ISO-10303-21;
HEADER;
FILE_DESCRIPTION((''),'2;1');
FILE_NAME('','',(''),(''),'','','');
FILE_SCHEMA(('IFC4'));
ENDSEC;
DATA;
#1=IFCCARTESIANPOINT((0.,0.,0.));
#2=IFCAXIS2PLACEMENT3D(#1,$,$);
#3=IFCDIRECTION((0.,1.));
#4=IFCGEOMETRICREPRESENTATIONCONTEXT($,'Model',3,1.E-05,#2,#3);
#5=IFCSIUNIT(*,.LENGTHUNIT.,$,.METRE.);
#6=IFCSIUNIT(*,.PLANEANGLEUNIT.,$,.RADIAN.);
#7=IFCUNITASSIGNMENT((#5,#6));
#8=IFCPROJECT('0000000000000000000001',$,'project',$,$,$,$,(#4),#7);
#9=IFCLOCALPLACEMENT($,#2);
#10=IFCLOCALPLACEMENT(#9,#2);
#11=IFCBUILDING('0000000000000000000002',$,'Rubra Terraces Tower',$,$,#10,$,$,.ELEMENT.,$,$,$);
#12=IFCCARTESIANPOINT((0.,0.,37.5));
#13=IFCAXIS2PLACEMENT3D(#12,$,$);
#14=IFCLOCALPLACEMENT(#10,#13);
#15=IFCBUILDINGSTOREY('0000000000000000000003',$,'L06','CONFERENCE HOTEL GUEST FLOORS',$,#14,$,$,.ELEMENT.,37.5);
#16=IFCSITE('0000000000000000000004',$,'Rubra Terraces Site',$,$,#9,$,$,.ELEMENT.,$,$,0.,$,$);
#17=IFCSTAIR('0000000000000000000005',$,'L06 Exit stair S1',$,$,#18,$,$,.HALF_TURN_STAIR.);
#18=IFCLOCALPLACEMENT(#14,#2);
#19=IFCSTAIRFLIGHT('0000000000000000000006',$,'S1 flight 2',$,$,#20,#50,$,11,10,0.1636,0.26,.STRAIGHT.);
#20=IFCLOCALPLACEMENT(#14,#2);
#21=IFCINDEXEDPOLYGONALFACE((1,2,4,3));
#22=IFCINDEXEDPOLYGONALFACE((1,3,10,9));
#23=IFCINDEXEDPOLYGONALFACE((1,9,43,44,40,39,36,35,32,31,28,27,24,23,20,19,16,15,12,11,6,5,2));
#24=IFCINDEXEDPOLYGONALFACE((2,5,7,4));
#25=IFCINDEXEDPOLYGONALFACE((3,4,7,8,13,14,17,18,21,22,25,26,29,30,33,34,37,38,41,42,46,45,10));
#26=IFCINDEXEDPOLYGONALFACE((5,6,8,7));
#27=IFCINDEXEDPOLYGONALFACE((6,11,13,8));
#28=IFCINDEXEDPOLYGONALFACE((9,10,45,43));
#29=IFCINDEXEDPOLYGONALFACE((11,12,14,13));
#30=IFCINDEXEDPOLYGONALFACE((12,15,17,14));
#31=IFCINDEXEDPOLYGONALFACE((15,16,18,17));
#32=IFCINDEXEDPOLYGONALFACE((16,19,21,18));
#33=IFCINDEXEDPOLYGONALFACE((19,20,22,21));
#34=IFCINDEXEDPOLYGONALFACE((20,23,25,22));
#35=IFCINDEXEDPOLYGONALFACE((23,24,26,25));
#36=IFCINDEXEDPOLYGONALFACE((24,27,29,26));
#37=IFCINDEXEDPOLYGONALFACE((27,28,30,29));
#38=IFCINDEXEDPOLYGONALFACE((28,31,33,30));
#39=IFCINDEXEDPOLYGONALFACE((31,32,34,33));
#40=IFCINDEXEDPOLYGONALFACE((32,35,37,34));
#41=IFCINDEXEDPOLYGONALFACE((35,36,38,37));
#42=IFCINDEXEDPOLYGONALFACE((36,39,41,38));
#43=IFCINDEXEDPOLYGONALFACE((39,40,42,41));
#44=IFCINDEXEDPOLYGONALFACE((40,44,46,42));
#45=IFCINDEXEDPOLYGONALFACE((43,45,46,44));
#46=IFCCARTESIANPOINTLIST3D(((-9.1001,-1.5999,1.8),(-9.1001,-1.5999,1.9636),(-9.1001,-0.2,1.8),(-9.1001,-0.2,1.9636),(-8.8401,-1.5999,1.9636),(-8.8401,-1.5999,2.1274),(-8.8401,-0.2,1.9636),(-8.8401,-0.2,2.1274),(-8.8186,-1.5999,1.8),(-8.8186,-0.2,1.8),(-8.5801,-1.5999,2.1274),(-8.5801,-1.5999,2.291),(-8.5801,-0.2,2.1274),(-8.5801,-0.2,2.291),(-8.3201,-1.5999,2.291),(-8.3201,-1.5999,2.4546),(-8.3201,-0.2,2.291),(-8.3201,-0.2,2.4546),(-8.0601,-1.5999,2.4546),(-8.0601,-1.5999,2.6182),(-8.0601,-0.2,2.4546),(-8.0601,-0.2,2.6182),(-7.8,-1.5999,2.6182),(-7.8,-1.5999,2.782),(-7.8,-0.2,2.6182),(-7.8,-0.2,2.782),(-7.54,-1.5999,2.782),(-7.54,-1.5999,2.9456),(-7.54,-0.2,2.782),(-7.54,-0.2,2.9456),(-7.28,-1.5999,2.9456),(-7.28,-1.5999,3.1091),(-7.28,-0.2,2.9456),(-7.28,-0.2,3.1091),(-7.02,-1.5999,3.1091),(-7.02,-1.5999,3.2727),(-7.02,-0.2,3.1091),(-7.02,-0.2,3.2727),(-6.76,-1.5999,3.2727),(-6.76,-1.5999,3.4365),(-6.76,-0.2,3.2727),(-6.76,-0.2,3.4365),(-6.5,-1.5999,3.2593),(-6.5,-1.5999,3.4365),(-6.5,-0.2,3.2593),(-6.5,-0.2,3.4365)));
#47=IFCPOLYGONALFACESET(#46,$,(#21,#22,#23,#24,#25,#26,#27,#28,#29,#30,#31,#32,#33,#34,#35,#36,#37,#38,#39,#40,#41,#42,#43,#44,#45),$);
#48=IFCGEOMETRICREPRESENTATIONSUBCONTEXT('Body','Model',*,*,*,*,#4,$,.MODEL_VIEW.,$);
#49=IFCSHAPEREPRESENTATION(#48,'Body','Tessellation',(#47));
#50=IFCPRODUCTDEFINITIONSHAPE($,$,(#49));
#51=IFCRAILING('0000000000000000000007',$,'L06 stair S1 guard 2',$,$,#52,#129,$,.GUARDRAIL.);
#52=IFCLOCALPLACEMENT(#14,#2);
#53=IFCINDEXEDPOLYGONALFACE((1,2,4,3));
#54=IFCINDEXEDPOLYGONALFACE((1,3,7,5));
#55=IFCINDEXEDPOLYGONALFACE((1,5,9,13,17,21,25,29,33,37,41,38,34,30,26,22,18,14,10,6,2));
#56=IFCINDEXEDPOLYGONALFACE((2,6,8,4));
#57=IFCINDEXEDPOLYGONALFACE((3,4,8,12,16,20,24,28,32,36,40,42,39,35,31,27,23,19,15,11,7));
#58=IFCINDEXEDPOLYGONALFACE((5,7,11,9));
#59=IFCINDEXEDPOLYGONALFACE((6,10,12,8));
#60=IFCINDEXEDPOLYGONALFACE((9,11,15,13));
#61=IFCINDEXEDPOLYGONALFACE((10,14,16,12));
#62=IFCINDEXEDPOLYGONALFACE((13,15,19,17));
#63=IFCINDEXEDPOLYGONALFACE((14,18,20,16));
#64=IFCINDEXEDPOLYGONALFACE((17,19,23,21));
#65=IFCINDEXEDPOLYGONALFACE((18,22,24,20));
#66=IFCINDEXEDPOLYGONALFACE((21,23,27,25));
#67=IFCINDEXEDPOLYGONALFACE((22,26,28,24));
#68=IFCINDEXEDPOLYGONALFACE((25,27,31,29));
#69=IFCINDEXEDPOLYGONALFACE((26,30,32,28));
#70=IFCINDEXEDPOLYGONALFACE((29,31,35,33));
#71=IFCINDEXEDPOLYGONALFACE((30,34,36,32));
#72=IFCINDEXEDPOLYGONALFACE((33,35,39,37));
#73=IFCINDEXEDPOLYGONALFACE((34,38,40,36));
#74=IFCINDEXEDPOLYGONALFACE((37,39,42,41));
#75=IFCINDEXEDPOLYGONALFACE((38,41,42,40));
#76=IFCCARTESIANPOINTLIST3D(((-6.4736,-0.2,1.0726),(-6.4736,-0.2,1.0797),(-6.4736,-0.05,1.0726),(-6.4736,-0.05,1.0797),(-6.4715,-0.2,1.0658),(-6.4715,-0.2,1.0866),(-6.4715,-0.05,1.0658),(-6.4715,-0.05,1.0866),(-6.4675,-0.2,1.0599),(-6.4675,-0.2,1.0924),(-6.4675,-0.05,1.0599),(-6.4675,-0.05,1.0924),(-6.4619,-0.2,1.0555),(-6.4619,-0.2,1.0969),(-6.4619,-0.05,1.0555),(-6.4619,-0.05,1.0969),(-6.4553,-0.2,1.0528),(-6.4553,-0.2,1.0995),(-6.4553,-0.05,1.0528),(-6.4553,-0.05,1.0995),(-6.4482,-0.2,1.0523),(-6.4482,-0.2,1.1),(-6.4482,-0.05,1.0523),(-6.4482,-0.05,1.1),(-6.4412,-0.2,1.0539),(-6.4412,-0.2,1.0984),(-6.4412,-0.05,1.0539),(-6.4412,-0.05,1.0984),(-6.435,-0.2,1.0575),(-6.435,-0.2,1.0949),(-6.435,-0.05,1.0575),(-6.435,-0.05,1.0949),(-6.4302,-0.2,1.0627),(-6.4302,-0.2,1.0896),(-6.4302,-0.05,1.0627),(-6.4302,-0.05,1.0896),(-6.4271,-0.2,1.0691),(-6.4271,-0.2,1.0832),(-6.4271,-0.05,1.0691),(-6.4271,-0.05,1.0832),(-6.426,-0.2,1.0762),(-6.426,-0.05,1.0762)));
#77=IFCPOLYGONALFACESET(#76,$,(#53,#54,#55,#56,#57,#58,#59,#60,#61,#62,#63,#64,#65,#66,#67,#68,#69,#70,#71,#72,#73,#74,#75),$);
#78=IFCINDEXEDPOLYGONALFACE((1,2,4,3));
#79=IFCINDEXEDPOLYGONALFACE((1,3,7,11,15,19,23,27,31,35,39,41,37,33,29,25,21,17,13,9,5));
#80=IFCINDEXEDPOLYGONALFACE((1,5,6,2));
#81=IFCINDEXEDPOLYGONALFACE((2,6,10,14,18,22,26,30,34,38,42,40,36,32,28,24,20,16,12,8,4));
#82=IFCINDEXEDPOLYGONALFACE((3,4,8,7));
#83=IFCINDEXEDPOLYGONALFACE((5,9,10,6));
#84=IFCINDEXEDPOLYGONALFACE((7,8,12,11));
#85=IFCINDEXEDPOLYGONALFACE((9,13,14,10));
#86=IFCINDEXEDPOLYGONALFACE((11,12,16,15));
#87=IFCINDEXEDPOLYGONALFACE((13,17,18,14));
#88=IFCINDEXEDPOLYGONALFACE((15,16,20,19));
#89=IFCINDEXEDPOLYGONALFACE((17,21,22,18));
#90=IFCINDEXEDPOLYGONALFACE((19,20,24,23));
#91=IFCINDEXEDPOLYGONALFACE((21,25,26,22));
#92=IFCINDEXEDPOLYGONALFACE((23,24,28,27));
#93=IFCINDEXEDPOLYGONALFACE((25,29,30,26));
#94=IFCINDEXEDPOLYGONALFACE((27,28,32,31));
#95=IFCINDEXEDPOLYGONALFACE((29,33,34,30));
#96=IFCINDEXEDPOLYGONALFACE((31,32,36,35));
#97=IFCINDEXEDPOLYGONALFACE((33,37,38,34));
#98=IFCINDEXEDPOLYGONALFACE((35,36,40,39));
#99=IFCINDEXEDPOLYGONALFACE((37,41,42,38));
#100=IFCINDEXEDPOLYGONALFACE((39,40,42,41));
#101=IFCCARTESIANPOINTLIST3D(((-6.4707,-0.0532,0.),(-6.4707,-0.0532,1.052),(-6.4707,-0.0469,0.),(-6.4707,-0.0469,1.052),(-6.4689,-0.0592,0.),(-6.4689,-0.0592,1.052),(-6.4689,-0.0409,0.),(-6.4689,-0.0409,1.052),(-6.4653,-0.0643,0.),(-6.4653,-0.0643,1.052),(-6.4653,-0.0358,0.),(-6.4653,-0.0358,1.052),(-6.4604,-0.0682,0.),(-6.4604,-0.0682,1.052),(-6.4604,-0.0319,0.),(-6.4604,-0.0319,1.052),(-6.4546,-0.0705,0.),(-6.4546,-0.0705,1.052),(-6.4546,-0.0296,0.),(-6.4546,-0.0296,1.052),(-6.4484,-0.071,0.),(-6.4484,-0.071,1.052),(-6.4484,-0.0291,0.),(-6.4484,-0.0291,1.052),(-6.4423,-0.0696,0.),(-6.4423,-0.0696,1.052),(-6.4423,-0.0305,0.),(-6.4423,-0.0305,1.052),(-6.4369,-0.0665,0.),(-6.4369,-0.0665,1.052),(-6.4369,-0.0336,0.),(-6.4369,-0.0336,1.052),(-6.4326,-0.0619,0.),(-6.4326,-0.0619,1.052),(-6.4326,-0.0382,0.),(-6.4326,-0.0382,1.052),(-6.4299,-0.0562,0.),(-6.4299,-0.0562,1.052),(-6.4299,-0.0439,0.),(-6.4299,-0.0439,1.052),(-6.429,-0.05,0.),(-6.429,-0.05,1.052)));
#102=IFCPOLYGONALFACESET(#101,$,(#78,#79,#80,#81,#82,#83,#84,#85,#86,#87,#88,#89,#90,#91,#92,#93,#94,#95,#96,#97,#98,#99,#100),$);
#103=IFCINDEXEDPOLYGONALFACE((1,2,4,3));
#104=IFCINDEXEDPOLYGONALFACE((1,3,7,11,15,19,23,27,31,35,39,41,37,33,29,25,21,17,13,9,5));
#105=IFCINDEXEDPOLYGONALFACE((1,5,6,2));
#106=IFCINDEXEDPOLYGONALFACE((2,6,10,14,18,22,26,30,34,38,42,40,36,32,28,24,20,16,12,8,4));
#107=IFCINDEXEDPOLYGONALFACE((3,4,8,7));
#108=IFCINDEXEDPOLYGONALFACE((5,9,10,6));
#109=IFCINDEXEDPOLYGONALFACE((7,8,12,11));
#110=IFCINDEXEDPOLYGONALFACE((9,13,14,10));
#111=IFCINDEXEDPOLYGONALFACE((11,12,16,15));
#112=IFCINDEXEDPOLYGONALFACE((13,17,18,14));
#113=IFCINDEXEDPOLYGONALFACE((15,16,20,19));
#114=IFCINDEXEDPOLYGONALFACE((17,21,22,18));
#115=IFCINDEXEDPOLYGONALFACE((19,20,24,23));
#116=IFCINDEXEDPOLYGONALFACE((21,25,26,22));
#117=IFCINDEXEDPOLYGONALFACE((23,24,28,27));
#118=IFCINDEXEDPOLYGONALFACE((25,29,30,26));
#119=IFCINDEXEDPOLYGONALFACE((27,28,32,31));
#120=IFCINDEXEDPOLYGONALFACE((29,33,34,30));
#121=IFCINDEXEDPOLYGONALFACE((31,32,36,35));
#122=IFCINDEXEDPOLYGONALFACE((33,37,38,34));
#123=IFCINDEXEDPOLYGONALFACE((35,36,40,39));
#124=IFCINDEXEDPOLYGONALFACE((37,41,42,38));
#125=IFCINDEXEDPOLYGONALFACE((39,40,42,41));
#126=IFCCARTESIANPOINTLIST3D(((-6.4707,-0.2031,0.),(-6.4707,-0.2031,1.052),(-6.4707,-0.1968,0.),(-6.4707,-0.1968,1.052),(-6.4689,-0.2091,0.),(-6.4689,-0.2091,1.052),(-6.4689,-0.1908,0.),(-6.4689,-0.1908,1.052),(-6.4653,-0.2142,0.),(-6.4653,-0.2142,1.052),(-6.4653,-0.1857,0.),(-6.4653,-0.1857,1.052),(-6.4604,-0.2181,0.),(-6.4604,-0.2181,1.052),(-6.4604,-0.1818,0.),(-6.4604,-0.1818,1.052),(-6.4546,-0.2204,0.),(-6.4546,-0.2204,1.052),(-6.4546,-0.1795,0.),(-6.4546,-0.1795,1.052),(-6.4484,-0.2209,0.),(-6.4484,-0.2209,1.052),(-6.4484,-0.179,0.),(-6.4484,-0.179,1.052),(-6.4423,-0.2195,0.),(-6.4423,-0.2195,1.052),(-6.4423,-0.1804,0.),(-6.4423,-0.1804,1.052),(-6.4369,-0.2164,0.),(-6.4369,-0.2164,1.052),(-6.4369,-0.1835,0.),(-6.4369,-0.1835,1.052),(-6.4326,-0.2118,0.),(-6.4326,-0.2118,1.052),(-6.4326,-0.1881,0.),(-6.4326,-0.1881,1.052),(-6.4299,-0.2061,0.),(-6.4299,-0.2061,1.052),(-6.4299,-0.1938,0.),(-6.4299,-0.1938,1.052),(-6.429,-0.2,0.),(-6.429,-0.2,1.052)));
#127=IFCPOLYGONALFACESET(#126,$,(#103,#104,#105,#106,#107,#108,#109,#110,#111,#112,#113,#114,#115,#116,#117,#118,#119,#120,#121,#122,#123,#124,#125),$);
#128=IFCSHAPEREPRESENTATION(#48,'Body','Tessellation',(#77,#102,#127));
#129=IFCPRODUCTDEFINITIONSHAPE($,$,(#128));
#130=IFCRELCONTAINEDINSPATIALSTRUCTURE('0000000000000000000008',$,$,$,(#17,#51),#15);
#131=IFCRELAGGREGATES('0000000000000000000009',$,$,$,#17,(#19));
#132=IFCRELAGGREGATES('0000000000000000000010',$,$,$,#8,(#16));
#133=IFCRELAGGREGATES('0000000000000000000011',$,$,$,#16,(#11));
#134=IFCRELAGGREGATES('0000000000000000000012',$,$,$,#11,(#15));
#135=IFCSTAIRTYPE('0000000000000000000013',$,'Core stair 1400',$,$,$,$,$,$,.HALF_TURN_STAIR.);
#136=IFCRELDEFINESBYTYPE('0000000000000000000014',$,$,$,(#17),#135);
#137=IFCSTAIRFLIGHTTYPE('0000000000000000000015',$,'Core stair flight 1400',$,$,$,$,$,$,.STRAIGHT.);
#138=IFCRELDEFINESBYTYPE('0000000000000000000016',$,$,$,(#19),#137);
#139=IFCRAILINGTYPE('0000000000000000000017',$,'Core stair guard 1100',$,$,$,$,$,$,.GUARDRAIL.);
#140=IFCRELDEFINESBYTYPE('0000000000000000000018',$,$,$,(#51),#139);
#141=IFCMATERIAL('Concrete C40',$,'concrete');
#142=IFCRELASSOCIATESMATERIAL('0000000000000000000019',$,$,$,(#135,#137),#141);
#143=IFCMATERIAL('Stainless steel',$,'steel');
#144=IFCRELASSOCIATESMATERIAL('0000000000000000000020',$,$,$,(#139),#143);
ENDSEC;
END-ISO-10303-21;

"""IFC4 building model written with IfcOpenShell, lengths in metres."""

from ifc_helpers import new_model, si_unit, direction, frame, origin, origin_2d, place, context, subcontext, project, spatial, polyline, circle, outline, extrude, material, type_object, element, aggregate, save


model = new_model("IFC4")

# Units and contexts
model_context = context("Model", 3, precision=1e-05, world=origin(), true_north=direction((0.0, 1.0)))
body_context = subcontext(model_context, "Body", "Model", "MODEL_VIEW")
ifc_project = project(units=[si_unit("LENGTHUNIT", "METRE"), si_unit("PLANEANGLEUNIT", "RADIAN")], contexts=[model_context])

# Site, building, storey
site_placement = place(None, origin())
site = spatial("IfcSite", under=ifc_project, at=site_placement, Name="Rubra Terraces Site", CompositionType="ELEMENT", RefElevation=0.0)
building_placement = place(site_placement, origin())
building = spatial("IfcBuilding", under=site, at=building_placement, Name="Rubra Terraces Tower", CompositionType="ELEMENT")
storey_placement = place(building_placement, frame((0.0, 0.0, 37.5)))
storey = spatial("IfcBuildingStorey", under=building, at=storey_placement, Name="L06", Description="CONFERENCE HOTEL GUEST FLOORS", CompositionType="ELEMENT", Elevation=37.5)

# Shared definitions
ifc_material_1 = material(Name="Concrete C40", Category="concrete")

# Stair, stair flight
stair_type = type_object("IfcStairType", Name="Core stair 1400", PredefinedType="HALF_TURN_STAIR", material=ifc_material_1)
stair_placement = place(storey_placement, origin())
stair = element("IfcStair", 1, at=stair_placement, inside=storey, type_object=stair_type, Name="L06 Exit stair S1", PredefinedType="HALF_TURN_STAIR")
stair_flight_type = type_object("IfcStairFlightType", Name="Core stair flight 1400", PredefinedType="STRAIGHT", material=ifc_material_1)
stair_flight_placement = place(storey_placement, frame((-9.1001, -0.8999, 1.8), z_axis=(0.0, 0.0, 1.0), x_axis=(1.0, 0.0, 0.0)))
stair_flight = element("IfcStairFlight", 2, at=stair_flight_placement, type_object=stair_flight_type, Name="S1 flight 2", NumberOfRisers=11, NumberOfTreads=10, PredefinedType="STRAIGHT", RiserHeight=0.1636, TreadLength=0.26, context=body_context, shape_type="SweptSolid", body=[
    extrude(outline(polyline([(0.0, 0.0), (0.0, 0.1636), (0.26, 0.1636), (0.26, 0.3274), (0.52, 0.3274), (0.52, 0.491), (0.78, 0.491), (0.78, 0.6545), (1.04, 0.6545), (1.04, 0.8181), (1.3, 0.8181), (1.3, 0.9819), (1.5601, 0.9819), (1.5601, 1.1455), (1.8201, 1.1455), (1.8201, 1.3091), (2.0801, 1.3091), (2.0801, 1.4727), (2.3401, 1.4727), (2.3401, 1.6365), (2.6001, 1.6365), (2.6001, 1.8), (2.6001, 1.4592), (0.2815, 0.0), (0.0, 0.0)])), frame((0.0, 0.7, 0.0), z_axis=(0.0, -1.0, 0.0), x_axis=(1.0, 0.0, 0.0)), (0.0, 0.0, 1.0), 1.3999),
])
aggregate(stair, [stair_flight])

# Railing
ifc_material_2 = material(Name="Stainless steel", Category="steel")
railing_type = type_object("IfcRailingType", Name="Core stair guard 1100", PredefinedType="GUARDRAIL", material=ifc_material_2)
railing_1_placement = place(storey_placement, frame((-6.45, -0.05, 0.0)))
element("IfcRailing", 3, at=railing_1_placement, inside=storey, type_object=railing_type, Name="L06 stair S1 guard 2", PredefinedType="GUARDRAIL", context=body_context, shape_type="SweptSolid", body=[
    extrude(circle(Radius=0.0239, at=origin_2d()), frame((0.0, 0.0, 1.0762), z_axis=(0.0, -1.0, 0.0), x_axis=(1.0, 0.0, 0.0)), (0.0, 0.0, 1.0), 0.1499),
    extrude(circle(Radius=0.021, at=origin_2d()), origin(), (0.0, 0.0, 1.0), 1.052),
    extrude(circle(Radius=0.021, at=origin_2d()), frame((0.0, -0.1499, 0.0)), (0.0, 0.0, 1.0), 1.052),
])

save(model, "model.ifc")
